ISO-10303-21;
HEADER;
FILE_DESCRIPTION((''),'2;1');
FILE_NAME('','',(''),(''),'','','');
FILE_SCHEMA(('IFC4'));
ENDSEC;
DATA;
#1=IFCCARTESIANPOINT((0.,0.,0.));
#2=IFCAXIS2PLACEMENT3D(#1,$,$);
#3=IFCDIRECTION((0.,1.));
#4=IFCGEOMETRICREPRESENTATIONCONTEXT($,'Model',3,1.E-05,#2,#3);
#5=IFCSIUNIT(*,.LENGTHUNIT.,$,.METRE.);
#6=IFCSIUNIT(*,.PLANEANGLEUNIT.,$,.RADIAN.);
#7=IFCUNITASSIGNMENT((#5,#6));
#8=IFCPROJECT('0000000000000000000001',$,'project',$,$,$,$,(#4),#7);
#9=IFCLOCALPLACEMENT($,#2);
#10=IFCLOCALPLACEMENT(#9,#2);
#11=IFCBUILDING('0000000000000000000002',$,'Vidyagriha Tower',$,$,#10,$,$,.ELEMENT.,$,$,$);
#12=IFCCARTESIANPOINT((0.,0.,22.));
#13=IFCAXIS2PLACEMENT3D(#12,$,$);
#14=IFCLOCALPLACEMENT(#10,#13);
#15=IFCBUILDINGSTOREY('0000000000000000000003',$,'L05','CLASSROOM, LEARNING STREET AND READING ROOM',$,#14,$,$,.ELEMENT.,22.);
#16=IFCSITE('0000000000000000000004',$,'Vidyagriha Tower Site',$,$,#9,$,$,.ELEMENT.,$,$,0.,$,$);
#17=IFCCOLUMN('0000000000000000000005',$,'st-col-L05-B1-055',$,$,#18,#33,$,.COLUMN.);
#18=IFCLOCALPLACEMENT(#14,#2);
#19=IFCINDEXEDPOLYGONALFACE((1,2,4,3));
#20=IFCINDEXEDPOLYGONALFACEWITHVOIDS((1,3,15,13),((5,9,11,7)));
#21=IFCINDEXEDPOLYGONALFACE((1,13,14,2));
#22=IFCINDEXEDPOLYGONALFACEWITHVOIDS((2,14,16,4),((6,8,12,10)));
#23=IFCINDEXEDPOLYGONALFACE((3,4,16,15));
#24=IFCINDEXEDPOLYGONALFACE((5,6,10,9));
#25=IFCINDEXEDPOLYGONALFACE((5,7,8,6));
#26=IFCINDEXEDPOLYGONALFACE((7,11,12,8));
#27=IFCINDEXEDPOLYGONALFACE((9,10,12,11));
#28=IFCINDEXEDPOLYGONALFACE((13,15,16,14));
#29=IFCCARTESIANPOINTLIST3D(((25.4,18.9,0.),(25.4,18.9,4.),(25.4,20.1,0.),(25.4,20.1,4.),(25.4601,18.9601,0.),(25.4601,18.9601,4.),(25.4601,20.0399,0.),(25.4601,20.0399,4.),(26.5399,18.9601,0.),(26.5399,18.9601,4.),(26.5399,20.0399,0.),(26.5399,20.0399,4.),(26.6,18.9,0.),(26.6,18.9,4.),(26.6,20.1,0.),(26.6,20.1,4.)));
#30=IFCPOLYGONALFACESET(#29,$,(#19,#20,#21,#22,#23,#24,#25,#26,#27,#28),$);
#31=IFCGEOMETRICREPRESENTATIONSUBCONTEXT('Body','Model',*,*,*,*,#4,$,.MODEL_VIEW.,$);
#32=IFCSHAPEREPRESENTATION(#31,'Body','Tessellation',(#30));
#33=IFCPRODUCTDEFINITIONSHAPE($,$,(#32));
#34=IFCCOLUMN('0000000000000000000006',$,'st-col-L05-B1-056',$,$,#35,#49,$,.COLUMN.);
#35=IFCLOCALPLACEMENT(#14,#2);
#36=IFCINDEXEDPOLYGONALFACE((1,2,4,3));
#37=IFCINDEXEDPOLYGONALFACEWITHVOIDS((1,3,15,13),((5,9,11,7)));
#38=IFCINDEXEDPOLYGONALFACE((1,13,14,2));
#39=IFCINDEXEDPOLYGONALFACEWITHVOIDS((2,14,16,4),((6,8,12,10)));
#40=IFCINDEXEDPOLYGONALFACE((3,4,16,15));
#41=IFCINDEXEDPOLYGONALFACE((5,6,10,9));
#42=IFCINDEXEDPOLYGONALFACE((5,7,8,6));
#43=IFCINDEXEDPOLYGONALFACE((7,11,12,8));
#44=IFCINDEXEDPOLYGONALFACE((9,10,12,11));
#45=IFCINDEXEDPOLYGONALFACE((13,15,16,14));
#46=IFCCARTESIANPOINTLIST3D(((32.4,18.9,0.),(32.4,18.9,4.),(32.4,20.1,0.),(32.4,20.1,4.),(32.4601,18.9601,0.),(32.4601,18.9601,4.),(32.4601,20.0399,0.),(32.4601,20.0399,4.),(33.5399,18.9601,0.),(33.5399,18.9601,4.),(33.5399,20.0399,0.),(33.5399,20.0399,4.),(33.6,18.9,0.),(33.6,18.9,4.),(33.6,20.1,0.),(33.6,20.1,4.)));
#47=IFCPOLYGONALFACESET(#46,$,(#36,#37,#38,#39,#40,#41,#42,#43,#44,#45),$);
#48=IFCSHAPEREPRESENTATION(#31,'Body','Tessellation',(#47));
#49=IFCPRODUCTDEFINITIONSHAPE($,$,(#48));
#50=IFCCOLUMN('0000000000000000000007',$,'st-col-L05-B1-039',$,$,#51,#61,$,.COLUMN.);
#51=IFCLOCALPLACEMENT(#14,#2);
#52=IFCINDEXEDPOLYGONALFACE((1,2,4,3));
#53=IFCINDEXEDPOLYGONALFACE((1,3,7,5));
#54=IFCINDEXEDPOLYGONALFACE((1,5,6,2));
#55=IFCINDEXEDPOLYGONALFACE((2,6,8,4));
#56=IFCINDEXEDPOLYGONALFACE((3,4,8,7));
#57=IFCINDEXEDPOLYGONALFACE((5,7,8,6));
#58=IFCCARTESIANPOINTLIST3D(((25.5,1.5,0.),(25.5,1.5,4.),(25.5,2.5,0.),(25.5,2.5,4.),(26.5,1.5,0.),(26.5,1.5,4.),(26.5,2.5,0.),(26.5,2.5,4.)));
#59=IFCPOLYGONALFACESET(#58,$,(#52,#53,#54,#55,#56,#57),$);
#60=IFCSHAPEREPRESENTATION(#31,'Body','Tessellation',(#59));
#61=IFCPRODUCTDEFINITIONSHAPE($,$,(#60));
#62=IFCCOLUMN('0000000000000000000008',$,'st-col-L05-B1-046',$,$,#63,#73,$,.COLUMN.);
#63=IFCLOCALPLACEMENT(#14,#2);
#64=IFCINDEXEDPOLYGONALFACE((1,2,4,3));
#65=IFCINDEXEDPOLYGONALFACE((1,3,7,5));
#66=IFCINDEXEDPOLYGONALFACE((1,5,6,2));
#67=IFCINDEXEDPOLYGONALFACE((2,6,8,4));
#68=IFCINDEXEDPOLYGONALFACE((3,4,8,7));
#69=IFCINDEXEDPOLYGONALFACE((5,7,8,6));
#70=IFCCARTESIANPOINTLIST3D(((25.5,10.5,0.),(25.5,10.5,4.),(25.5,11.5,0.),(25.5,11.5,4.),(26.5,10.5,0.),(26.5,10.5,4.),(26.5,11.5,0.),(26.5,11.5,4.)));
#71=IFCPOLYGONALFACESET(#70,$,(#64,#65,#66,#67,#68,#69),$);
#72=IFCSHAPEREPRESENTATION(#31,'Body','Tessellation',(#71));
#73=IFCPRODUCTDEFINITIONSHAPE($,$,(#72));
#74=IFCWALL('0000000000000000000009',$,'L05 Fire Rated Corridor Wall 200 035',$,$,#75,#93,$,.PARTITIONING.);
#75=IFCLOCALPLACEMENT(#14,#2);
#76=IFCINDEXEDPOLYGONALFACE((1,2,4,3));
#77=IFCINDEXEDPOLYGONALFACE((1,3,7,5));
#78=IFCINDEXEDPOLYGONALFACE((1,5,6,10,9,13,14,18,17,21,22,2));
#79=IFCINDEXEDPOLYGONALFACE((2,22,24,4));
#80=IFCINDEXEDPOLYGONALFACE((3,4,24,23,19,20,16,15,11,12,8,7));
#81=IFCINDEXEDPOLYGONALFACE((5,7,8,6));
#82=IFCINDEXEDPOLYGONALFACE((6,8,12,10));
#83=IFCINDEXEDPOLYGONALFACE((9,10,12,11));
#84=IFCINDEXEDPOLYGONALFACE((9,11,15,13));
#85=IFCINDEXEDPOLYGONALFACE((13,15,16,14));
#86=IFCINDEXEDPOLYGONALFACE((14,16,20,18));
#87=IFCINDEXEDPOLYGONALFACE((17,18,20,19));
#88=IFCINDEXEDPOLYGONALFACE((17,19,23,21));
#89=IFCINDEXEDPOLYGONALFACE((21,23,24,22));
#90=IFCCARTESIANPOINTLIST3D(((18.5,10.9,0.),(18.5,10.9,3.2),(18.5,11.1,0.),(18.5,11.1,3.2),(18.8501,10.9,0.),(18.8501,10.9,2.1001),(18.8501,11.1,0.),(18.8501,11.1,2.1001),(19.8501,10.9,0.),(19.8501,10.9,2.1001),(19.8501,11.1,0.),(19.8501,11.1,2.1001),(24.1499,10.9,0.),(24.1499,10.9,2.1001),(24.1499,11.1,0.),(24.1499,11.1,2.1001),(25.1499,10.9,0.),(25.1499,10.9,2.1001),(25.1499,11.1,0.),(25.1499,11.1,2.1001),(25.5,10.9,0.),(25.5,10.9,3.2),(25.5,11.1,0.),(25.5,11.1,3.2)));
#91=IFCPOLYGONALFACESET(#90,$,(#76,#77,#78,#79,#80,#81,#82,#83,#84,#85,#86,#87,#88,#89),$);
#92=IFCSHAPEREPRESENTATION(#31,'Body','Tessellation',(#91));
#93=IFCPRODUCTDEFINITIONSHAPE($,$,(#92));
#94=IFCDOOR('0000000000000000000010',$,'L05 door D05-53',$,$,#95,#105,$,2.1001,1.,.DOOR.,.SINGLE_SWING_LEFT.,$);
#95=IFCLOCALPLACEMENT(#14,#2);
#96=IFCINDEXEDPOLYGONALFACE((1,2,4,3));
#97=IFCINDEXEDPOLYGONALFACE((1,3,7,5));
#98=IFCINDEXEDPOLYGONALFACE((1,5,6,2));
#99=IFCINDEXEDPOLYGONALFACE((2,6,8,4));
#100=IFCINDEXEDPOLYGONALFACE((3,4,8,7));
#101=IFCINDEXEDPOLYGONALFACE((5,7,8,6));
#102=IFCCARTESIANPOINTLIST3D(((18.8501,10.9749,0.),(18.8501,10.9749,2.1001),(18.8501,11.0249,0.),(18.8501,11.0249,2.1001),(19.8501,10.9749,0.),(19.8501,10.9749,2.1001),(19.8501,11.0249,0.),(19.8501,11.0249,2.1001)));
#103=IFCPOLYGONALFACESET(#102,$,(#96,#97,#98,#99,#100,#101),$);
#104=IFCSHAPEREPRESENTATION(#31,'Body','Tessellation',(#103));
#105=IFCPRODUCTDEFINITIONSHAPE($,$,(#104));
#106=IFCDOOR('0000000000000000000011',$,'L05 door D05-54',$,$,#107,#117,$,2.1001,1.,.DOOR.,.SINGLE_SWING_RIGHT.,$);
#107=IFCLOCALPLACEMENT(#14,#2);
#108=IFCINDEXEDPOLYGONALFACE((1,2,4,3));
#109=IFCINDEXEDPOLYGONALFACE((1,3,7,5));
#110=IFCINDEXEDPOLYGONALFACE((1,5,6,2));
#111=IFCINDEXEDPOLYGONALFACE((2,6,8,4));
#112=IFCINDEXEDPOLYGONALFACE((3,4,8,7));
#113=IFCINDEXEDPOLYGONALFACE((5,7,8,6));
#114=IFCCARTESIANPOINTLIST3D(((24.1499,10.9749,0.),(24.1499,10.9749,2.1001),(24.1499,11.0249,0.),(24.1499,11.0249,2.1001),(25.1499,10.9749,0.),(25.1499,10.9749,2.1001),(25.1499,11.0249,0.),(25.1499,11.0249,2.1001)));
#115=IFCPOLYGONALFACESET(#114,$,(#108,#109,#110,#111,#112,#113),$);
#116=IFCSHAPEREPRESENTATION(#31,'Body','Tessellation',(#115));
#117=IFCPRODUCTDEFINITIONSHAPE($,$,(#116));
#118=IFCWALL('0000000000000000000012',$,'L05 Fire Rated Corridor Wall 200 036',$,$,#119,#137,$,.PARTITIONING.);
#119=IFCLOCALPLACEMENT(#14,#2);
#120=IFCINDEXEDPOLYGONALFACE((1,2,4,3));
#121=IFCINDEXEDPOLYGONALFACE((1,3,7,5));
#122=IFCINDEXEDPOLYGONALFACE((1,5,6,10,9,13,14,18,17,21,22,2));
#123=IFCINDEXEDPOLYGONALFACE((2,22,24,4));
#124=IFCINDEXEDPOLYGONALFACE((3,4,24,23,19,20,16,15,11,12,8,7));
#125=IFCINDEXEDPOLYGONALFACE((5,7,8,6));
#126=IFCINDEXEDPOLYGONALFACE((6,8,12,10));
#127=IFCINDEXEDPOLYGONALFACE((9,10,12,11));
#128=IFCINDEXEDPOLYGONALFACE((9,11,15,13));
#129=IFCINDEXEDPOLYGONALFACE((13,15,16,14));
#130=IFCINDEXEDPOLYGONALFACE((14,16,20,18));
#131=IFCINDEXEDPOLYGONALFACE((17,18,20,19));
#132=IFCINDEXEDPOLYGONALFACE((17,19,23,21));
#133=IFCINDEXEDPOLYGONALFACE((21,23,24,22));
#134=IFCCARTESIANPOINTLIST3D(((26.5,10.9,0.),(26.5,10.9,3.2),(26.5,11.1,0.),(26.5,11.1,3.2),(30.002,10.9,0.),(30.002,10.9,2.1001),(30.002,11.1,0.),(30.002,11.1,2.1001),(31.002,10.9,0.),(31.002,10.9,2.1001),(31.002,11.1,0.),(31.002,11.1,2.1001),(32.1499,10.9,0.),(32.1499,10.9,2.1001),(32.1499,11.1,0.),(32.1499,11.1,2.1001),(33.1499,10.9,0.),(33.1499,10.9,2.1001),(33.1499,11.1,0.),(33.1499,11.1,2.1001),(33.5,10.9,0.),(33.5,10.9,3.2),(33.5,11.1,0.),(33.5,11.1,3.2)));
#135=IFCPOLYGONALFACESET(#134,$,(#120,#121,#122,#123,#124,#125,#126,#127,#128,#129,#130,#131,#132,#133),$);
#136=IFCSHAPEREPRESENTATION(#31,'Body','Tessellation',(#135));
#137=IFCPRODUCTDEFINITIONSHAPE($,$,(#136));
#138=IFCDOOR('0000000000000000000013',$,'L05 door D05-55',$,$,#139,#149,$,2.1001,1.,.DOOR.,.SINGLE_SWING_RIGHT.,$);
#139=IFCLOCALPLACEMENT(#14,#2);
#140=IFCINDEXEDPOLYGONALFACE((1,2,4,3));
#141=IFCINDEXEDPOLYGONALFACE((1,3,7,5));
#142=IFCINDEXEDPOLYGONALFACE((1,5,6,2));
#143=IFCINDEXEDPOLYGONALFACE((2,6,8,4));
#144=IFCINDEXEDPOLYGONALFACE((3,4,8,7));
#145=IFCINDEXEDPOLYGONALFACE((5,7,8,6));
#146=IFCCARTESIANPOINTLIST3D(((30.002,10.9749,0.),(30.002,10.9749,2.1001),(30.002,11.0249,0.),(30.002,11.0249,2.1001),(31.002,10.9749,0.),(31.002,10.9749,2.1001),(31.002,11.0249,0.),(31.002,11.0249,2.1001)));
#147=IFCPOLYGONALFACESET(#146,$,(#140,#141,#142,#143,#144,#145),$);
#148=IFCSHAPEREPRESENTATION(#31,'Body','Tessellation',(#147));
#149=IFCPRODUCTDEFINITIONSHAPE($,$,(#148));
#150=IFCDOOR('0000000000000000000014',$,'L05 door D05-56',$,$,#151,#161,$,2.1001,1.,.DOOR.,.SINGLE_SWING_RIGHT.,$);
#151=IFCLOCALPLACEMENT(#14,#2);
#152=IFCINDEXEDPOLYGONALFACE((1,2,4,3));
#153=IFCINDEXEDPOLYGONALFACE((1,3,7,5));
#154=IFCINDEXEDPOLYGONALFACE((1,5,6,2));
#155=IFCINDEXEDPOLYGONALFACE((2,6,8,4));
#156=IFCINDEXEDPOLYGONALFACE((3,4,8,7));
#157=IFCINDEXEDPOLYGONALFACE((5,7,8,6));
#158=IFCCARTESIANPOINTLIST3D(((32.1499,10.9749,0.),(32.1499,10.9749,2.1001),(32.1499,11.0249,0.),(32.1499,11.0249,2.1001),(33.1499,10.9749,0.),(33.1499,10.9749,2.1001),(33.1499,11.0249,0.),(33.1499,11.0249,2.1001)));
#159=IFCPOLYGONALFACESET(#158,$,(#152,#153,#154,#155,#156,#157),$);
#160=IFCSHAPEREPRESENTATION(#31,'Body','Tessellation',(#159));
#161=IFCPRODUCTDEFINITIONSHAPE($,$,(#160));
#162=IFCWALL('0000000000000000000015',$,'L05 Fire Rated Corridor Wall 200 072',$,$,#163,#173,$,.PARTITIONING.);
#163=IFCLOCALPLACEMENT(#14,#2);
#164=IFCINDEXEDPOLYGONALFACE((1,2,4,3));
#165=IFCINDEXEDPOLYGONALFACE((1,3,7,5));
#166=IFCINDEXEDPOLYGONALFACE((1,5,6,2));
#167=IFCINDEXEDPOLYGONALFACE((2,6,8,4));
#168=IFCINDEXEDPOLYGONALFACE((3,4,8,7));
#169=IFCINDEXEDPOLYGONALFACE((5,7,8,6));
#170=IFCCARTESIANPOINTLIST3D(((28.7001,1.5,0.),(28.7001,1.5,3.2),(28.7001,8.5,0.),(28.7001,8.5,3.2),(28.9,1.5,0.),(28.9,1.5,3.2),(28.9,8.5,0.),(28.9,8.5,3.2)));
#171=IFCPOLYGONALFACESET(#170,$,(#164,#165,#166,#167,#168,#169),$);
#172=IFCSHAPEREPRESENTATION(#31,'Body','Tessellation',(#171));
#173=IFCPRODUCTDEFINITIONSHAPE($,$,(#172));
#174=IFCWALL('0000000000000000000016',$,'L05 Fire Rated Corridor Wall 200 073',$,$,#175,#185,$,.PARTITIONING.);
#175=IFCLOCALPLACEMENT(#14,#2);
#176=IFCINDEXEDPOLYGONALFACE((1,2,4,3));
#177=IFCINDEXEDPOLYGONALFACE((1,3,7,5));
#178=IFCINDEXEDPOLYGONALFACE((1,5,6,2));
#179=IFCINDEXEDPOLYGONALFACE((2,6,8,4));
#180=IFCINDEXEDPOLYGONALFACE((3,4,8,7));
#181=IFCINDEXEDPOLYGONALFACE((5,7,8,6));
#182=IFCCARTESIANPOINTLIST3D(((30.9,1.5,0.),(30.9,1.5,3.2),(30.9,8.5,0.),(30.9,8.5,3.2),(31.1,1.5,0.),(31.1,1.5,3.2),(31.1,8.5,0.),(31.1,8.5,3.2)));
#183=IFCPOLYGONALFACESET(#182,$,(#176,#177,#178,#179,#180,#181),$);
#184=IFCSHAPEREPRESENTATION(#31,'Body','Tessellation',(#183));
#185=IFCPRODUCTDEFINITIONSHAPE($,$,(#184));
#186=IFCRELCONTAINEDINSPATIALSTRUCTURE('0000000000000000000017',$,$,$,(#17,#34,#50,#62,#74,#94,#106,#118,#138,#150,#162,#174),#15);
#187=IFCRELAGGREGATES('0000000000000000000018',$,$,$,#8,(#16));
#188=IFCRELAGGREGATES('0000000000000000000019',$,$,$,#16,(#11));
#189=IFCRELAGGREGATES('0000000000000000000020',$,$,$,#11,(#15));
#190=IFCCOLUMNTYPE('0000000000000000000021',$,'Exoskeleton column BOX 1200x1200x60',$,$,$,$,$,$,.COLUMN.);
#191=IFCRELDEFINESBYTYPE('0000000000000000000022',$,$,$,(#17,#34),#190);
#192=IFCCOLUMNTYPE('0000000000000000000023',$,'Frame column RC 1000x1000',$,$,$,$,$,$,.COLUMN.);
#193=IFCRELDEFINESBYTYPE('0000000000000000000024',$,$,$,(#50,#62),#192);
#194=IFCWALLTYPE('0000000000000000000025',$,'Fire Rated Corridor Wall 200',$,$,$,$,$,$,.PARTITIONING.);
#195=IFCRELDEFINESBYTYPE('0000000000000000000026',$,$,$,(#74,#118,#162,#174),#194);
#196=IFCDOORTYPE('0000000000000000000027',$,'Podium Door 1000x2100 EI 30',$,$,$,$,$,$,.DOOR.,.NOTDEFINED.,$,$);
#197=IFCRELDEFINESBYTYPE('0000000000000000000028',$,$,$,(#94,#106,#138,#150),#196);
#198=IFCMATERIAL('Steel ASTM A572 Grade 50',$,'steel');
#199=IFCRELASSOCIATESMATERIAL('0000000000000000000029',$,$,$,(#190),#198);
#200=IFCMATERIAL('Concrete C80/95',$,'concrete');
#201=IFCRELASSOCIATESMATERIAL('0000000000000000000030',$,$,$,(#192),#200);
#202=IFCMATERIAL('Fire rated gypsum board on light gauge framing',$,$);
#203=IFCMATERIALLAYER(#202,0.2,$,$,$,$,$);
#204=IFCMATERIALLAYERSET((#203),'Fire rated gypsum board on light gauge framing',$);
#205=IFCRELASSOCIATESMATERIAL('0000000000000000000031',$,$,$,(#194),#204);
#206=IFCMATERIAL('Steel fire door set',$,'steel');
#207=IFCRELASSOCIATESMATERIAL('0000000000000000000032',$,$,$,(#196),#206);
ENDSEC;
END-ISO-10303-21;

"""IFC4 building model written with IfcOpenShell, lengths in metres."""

from ifc_helpers import new_model, si_unit, direction, frame, frame_2d, origin, origin_2d, place, context, subcontext, project, spatial, rectangle, hollow_rectangle, extrude, material, layer, layer_set, material_profile, profile_set, type_object, element, fill, save


model = new_model("IFC4")

# Units and contexts
model_context = context("Model", 3, precision=1e-05, world=origin(), true_north=direction((0.0, 1.0)))
body_context = subcontext(model_context, "Body", "Model", "MODEL_VIEW")
ifc_project = project(units=[si_unit("LENGTHUNIT", "METRE"), si_unit("PLANEANGLEUNIT", "RADIAN")], contexts=[model_context])

# Site, building, storey
site_placement = place(None, origin())
site = spatial("IfcSite", under=ifc_project, at=site_placement, Name="Vidyagriha Tower Site", CompositionType="ELEMENT", RefElevation=0.0)
building_placement = place(site_placement, origin())
building = spatial("IfcBuilding", under=site, at=building_placement, Name="Vidyagriha Tower", CompositionType="ELEMENT")
storey_placement = place(building_placement, frame((0.0, 0.0, 22.0)))
storey = spatial("IfcBuildingStorey", under=building, at=storey_placement, Name="L05", Description="CLASSROOM, LEARNING STREET AND READING ROOM", CompositionType="ELEMENT", Elevation=22.0)

# Columns
ifc_material_1 = material(Name="Steel ASTM A572 Grade 50", Category="steel")
ifc_material_profile_1 = material_profile(ifc_material_1, hollow_rectangle(XDim=1.2, YDim=1.2, WallThickness=0.0601, at=origin_2d()), Name="BOX 1200x1200x60")
ifc_profile_set_1 = profile_set([ifc_material_profile_1], Name="Steel ASTM A572 Grade 50")
column_type_1 = type_object("IfcColumnType", Name="Exoskeleton column BOX 1200x1200x60", PredefinedType="COLUMN", material=ifc_profile_set_1)
for number, where, name in (
    (1, (26.0, 19.5, 0.0), "st-col-L05-B1-055"),
    (2, (33.0, 19.5, 0.0), "st-col-L05-B1-056"),
):
    element("IfcColumn", number, at=place(storey_placement, frame(where)), inside=storey, type_object=column_type_1, Name=name, PredefinedType="COLUMN", context=body_context, shape_type="SweptSolid", body=[
        extrude(hollow_rectangle(XDim=1.2, YDim=1.2, WallThickness=0.0601, at=origin_2d()), origin(), (0.0, 0.0, 1.0), 4.0),
    ])
ifc_material_2 = material(Name="Concrete C80/95", Category="concrete")
ifc_material_profile_2 = material_profile(ifc_material_2, rectangle(XDim=1.0, YDim=1.0, at=origin_2d()), Name="RC 1000x1000")
ifc_profile_set_2 = profile_set([ifc_material_profile_2], Name="Concrete C80/95")
column_type_2 = type_object("IfcColumnType", Name="Frame column RC 1000x1000", PredefinedType="COLUMN", material=ifc_profile_set_2)
for number, where, name in (
    (3, (26.0, 2.0, 0.0), "st-col-L05-B1-039"),
    (4, (26.0, 11.0, 0.0), "st-col-L05-B1-046"),
):
    element("IfcColumn", number, at=place(storey_placement, frame(where)), inside=storey, type_object=column_type_2, Name=name, PredefinedType="COLUMN", context=body_context, shape_type="SweptSolid", body=[
        extrude(rectangle(XDim=1.0, YDim=1.0, at=origin_2d()), origin(), (0.0, 0.0, 1.0), 4.0),
    ])

# Walls, openings, doors
ifc_material_3 = material(Name="Fire rated gypsum board on light gauge framing")
ifc_layer_1 = layer(ifc_material_3, 0.2)
ifc_layer_set_1 = layer_set([ifc_layer_1], Name="Fire rated gypsum board on light gauge framing")
wall_type_1 = type_object("IfcWallType", Name="Fire Rated Corridor Wall 200", PredefinedType="PARTITIONING", material=ifc_layer_set_1)
wall_1_placement = place(storey_placement, frame((18.5, 11.0, 0.0)))
wall_1 = element("IfcWall", 5, at=wall_1_placement, inside=storey, type_object=wall_type_1, Name="L05 Fire Rated Corridor Wall 200 035", PredefinedType="PARTITIONING", context=body_context, shape_type="SweptSolid", body=[
    extrude(rectangle(XDim=7.0, YDim=0.2, at=frame_2d((3.5, 0.0))), origin(), (0.0, 0.0, 1.0), 3.2),
])
opening_1_placement = place(wall_1_placement, frame((0.3501, 0.0, 0.0)))
opening_1 = element("IfcOpeningElement", 6, at=opening_1_placement, cuts=wall_1, PredefinedType="OPENING", context=body_context, shape_type="SweptSolid", body=[
    extrude(rectangle(XDim=1.0, YDim=2.1001, at=frame_2d((0.5, 1.05))), frame((0.0, 0.1099, 0.0), z_axis=(0.0, -1.0, 0.0), x_axis=(1.0, 0.0, 0.0)), (0.0, 0.0, 1.0), 0.22),
])
opening_2_placement = place(wall_1_placement, frame((5.6499, 0.0, 0.0)))
opening_2 = element("IfcOpeningElement", 7, at=opening_2_placement, cuts=wall_1, PredefinedType="OPENING", context=body_context, shape_type="SweptSolid", body=[
    extrude(rectangle(XDim=1.0, YDim=2.1001, at=frame_2d((0.5, 1.05))), frame((0.0, 0.1099, 0.0), z_axis=(0.0, -1.0, 0.0), x_axis=(1.0, 0.0, 0.0)), (0.0, 0.0, 1.0), 0.22),
])
ifc_material_4 = material(Name="Steel fire door set", Category="steel")
door_type = type_object("IfcDoorType", Name="Podium Door 1000x2100 EI 30", OperationType="NOTDEFINED", PredefinedType="DOOR", material=ifc_material_4)
door_1_placement = place(opening_1_placement, origin())
door_1 = element("IfcDoor", 8, at=door_1_placement, inside=storey, type_object=door_type, Name="L05 door D05-53", OperationType="SINGLE_SWING_LEFT", OverallHeight=2.1001, OverallWidth=1.0, PredefinedType="DOOR", context=body_context, shape_type="SweptSolid", body=[
    extrude(rectangle(XDim=1.0, YDim=2.1001, at=frame_2d((0.5, 1.05))), frame((0.0, 0.0249, 0.0), z_axis=(0.0, -1.0, 0.0), x_axis=(1.0, 0.0, 0.0)), (0.0, 0.0, 1.0), 0.05),
])
fill(opening_1, door_1)
door_2_placement = place(opening_2_placement, origin())
door_2 = element("IfcDoor", 9, at=door_2_placement, inside=storey, type_object=door_type, Name="L05 door D05-54", OperationType="SINGLE_SWING_RIGHT", OverallHeight=2.1001, OverallWidth=1.0, PredefinedType="DOOR", context=body_context, shape_type="SweptSolid", body=[
    extrude(rectangle(XDim=1.0, YDim=2.1001, at=frame_2d((0.5, 1.05))), frame((0.0, 0.0249, 0.0), z_axis=(0.0, -1.0, 0.0), x_axis=(1.0, 0.0, 0.0)), (0.0, 0.0, 1.0), 0.05),
])
fill(opening_2, door_2)
wall_2_placement = place(storey_placement, frame((26.5, 11.0, 0.0)))
wall_2 = element("IfcWall", 10, at=wall_2_placement, inside=storey, type_object=wall_type_1, Name="L05 Fire Rated Corridor Wall 200 036", PredefinedType="PARTITIONING", context=body_context, shape_type="SweptSolid", body=[
    extrude(rectangle(XDim=7.0, YDim=0.2, at=frame_2d((3.5, 0.0))), origin(), (0.0, 0.0, 1.0), 3.2),
])
opening_3_placement = place(wall_2_placement, frame((3.502, 0.0, 0.0)))
opening_3 = element("IfcOpeningElement", 11, at=opening_3_placement, cuts=wall_2, PredefinedType="OPENING", context=body_context, shape_type="SweptSolid", body=[
    extrude(rectangle(XDim=1.0, YDim=2.1001, at=frame_2d((0.5, 1.05))), frame((0.0, 0.1099, 0.0), z_axis=(0.0, -1.0, 0.0), x_axis=(1.0, 0.0, 0.0)), (0.0, 0.0, 1.0), 0.22),
])
opening_4_placement = place(wall_2_placement, frame((5.6499, 0.0, 0.0)))
opening_4 = element("IfcOpeningElement", 12, at=opening_4_placement, cuts=wall_2, PredefinedType="OPENING", context=body_context, shape_type="SweptSolid", body=[
    extrude(rectangle(XDim=1.0, YDim=2.1001, at=frame_2d((0.5, 1.05))), frame((0.0, 0.1099, 0.0), z_axis=(0.0, -1.0, 0.0), x_axis=(1.0, 0.0, 0.0)), (0.0, 0.0, 1.0), 0.22),
])
door_3_placement = place(opening_3_placement, origin())
door_3 = element("IfcDoor", 13, at=door_3_placement, inside=storey, type_object=door_type, Name="L05 door D05-55", OperationType="SINGLE_SWING_RIGHT", OverallHeight=2.1001, OverallWidth=1.0, PredefinedType="DOOR", context=body_context, shape_type="SweptSolid", body=[
    extrude(rectangle(XDim=1.0, YDim=2.1001, at=frame_2d((0.5, 1.05))), frame((0.0, 0.0249, 0.0), z_axis=(0.0, -1.0, 0.0), x_axis=(1.0, 0.0, 0.0)), (0.0, 0.0, 1.0), 0.05),
])
fill(opening_3, door_3)
door_4_placement = place(opening_4_placement, origin())
door_4 = element("IfcDoor", 14, at=door_4_placement, inside=storey, type_object=door_type, Name="L05 door D05-56", OperationType="SINGLE_SWING_RIGHT", OverallHeight=2.1001, OverallWidth=1.0, PredefinedType="DOOR", context=body_context, shape_type="SweptSolid", body=[
    extrude(rectangle(XDim=1.0, YDim=2.1001, at=frame_2d((0.5, 1.05))), frame((0.0, 0.0249, 0.0), z_axis=(0.0, -1.0, 0.0), x_axis=(1.0, 0.0, 0.0)), (0.0, 0.0, 1.0), 0.05),
])
fill(opening_4, door_4)

# Walls
for number, where, z_axis, x_axis, name in (
    (15, (28.8, 1.5, 0.0), (0.0, 0.0, 1.0), (0.0, 1.0, 0.0), "L05 Fire Rated Corridor Wall 200 072"),
    (16, (31.0, 1.5, 0.0), (0.0, 0.0, 1.0), (0.0, 1.0, 0.0), "L05 Fire Rated Corridor Wall 200 073"),
):
    element("IfcWall", number, at=place(storey_placement, frame(where, z_axis=z_axis, x_axis=x_axis)), inside=storey, type_object=wall_type_1, Name=name, PredefinedType="PARTITIONING", context=body_context, shape_type="SweptSolid", body=[
        extrude(rectangle(XDim=7.0, YDim=0.2, at=frame_2d((3.5, 0.0))), origin(), (0.0, 0.0, 1.0), 3.2),
    ])

save(model, "model.ifc")
